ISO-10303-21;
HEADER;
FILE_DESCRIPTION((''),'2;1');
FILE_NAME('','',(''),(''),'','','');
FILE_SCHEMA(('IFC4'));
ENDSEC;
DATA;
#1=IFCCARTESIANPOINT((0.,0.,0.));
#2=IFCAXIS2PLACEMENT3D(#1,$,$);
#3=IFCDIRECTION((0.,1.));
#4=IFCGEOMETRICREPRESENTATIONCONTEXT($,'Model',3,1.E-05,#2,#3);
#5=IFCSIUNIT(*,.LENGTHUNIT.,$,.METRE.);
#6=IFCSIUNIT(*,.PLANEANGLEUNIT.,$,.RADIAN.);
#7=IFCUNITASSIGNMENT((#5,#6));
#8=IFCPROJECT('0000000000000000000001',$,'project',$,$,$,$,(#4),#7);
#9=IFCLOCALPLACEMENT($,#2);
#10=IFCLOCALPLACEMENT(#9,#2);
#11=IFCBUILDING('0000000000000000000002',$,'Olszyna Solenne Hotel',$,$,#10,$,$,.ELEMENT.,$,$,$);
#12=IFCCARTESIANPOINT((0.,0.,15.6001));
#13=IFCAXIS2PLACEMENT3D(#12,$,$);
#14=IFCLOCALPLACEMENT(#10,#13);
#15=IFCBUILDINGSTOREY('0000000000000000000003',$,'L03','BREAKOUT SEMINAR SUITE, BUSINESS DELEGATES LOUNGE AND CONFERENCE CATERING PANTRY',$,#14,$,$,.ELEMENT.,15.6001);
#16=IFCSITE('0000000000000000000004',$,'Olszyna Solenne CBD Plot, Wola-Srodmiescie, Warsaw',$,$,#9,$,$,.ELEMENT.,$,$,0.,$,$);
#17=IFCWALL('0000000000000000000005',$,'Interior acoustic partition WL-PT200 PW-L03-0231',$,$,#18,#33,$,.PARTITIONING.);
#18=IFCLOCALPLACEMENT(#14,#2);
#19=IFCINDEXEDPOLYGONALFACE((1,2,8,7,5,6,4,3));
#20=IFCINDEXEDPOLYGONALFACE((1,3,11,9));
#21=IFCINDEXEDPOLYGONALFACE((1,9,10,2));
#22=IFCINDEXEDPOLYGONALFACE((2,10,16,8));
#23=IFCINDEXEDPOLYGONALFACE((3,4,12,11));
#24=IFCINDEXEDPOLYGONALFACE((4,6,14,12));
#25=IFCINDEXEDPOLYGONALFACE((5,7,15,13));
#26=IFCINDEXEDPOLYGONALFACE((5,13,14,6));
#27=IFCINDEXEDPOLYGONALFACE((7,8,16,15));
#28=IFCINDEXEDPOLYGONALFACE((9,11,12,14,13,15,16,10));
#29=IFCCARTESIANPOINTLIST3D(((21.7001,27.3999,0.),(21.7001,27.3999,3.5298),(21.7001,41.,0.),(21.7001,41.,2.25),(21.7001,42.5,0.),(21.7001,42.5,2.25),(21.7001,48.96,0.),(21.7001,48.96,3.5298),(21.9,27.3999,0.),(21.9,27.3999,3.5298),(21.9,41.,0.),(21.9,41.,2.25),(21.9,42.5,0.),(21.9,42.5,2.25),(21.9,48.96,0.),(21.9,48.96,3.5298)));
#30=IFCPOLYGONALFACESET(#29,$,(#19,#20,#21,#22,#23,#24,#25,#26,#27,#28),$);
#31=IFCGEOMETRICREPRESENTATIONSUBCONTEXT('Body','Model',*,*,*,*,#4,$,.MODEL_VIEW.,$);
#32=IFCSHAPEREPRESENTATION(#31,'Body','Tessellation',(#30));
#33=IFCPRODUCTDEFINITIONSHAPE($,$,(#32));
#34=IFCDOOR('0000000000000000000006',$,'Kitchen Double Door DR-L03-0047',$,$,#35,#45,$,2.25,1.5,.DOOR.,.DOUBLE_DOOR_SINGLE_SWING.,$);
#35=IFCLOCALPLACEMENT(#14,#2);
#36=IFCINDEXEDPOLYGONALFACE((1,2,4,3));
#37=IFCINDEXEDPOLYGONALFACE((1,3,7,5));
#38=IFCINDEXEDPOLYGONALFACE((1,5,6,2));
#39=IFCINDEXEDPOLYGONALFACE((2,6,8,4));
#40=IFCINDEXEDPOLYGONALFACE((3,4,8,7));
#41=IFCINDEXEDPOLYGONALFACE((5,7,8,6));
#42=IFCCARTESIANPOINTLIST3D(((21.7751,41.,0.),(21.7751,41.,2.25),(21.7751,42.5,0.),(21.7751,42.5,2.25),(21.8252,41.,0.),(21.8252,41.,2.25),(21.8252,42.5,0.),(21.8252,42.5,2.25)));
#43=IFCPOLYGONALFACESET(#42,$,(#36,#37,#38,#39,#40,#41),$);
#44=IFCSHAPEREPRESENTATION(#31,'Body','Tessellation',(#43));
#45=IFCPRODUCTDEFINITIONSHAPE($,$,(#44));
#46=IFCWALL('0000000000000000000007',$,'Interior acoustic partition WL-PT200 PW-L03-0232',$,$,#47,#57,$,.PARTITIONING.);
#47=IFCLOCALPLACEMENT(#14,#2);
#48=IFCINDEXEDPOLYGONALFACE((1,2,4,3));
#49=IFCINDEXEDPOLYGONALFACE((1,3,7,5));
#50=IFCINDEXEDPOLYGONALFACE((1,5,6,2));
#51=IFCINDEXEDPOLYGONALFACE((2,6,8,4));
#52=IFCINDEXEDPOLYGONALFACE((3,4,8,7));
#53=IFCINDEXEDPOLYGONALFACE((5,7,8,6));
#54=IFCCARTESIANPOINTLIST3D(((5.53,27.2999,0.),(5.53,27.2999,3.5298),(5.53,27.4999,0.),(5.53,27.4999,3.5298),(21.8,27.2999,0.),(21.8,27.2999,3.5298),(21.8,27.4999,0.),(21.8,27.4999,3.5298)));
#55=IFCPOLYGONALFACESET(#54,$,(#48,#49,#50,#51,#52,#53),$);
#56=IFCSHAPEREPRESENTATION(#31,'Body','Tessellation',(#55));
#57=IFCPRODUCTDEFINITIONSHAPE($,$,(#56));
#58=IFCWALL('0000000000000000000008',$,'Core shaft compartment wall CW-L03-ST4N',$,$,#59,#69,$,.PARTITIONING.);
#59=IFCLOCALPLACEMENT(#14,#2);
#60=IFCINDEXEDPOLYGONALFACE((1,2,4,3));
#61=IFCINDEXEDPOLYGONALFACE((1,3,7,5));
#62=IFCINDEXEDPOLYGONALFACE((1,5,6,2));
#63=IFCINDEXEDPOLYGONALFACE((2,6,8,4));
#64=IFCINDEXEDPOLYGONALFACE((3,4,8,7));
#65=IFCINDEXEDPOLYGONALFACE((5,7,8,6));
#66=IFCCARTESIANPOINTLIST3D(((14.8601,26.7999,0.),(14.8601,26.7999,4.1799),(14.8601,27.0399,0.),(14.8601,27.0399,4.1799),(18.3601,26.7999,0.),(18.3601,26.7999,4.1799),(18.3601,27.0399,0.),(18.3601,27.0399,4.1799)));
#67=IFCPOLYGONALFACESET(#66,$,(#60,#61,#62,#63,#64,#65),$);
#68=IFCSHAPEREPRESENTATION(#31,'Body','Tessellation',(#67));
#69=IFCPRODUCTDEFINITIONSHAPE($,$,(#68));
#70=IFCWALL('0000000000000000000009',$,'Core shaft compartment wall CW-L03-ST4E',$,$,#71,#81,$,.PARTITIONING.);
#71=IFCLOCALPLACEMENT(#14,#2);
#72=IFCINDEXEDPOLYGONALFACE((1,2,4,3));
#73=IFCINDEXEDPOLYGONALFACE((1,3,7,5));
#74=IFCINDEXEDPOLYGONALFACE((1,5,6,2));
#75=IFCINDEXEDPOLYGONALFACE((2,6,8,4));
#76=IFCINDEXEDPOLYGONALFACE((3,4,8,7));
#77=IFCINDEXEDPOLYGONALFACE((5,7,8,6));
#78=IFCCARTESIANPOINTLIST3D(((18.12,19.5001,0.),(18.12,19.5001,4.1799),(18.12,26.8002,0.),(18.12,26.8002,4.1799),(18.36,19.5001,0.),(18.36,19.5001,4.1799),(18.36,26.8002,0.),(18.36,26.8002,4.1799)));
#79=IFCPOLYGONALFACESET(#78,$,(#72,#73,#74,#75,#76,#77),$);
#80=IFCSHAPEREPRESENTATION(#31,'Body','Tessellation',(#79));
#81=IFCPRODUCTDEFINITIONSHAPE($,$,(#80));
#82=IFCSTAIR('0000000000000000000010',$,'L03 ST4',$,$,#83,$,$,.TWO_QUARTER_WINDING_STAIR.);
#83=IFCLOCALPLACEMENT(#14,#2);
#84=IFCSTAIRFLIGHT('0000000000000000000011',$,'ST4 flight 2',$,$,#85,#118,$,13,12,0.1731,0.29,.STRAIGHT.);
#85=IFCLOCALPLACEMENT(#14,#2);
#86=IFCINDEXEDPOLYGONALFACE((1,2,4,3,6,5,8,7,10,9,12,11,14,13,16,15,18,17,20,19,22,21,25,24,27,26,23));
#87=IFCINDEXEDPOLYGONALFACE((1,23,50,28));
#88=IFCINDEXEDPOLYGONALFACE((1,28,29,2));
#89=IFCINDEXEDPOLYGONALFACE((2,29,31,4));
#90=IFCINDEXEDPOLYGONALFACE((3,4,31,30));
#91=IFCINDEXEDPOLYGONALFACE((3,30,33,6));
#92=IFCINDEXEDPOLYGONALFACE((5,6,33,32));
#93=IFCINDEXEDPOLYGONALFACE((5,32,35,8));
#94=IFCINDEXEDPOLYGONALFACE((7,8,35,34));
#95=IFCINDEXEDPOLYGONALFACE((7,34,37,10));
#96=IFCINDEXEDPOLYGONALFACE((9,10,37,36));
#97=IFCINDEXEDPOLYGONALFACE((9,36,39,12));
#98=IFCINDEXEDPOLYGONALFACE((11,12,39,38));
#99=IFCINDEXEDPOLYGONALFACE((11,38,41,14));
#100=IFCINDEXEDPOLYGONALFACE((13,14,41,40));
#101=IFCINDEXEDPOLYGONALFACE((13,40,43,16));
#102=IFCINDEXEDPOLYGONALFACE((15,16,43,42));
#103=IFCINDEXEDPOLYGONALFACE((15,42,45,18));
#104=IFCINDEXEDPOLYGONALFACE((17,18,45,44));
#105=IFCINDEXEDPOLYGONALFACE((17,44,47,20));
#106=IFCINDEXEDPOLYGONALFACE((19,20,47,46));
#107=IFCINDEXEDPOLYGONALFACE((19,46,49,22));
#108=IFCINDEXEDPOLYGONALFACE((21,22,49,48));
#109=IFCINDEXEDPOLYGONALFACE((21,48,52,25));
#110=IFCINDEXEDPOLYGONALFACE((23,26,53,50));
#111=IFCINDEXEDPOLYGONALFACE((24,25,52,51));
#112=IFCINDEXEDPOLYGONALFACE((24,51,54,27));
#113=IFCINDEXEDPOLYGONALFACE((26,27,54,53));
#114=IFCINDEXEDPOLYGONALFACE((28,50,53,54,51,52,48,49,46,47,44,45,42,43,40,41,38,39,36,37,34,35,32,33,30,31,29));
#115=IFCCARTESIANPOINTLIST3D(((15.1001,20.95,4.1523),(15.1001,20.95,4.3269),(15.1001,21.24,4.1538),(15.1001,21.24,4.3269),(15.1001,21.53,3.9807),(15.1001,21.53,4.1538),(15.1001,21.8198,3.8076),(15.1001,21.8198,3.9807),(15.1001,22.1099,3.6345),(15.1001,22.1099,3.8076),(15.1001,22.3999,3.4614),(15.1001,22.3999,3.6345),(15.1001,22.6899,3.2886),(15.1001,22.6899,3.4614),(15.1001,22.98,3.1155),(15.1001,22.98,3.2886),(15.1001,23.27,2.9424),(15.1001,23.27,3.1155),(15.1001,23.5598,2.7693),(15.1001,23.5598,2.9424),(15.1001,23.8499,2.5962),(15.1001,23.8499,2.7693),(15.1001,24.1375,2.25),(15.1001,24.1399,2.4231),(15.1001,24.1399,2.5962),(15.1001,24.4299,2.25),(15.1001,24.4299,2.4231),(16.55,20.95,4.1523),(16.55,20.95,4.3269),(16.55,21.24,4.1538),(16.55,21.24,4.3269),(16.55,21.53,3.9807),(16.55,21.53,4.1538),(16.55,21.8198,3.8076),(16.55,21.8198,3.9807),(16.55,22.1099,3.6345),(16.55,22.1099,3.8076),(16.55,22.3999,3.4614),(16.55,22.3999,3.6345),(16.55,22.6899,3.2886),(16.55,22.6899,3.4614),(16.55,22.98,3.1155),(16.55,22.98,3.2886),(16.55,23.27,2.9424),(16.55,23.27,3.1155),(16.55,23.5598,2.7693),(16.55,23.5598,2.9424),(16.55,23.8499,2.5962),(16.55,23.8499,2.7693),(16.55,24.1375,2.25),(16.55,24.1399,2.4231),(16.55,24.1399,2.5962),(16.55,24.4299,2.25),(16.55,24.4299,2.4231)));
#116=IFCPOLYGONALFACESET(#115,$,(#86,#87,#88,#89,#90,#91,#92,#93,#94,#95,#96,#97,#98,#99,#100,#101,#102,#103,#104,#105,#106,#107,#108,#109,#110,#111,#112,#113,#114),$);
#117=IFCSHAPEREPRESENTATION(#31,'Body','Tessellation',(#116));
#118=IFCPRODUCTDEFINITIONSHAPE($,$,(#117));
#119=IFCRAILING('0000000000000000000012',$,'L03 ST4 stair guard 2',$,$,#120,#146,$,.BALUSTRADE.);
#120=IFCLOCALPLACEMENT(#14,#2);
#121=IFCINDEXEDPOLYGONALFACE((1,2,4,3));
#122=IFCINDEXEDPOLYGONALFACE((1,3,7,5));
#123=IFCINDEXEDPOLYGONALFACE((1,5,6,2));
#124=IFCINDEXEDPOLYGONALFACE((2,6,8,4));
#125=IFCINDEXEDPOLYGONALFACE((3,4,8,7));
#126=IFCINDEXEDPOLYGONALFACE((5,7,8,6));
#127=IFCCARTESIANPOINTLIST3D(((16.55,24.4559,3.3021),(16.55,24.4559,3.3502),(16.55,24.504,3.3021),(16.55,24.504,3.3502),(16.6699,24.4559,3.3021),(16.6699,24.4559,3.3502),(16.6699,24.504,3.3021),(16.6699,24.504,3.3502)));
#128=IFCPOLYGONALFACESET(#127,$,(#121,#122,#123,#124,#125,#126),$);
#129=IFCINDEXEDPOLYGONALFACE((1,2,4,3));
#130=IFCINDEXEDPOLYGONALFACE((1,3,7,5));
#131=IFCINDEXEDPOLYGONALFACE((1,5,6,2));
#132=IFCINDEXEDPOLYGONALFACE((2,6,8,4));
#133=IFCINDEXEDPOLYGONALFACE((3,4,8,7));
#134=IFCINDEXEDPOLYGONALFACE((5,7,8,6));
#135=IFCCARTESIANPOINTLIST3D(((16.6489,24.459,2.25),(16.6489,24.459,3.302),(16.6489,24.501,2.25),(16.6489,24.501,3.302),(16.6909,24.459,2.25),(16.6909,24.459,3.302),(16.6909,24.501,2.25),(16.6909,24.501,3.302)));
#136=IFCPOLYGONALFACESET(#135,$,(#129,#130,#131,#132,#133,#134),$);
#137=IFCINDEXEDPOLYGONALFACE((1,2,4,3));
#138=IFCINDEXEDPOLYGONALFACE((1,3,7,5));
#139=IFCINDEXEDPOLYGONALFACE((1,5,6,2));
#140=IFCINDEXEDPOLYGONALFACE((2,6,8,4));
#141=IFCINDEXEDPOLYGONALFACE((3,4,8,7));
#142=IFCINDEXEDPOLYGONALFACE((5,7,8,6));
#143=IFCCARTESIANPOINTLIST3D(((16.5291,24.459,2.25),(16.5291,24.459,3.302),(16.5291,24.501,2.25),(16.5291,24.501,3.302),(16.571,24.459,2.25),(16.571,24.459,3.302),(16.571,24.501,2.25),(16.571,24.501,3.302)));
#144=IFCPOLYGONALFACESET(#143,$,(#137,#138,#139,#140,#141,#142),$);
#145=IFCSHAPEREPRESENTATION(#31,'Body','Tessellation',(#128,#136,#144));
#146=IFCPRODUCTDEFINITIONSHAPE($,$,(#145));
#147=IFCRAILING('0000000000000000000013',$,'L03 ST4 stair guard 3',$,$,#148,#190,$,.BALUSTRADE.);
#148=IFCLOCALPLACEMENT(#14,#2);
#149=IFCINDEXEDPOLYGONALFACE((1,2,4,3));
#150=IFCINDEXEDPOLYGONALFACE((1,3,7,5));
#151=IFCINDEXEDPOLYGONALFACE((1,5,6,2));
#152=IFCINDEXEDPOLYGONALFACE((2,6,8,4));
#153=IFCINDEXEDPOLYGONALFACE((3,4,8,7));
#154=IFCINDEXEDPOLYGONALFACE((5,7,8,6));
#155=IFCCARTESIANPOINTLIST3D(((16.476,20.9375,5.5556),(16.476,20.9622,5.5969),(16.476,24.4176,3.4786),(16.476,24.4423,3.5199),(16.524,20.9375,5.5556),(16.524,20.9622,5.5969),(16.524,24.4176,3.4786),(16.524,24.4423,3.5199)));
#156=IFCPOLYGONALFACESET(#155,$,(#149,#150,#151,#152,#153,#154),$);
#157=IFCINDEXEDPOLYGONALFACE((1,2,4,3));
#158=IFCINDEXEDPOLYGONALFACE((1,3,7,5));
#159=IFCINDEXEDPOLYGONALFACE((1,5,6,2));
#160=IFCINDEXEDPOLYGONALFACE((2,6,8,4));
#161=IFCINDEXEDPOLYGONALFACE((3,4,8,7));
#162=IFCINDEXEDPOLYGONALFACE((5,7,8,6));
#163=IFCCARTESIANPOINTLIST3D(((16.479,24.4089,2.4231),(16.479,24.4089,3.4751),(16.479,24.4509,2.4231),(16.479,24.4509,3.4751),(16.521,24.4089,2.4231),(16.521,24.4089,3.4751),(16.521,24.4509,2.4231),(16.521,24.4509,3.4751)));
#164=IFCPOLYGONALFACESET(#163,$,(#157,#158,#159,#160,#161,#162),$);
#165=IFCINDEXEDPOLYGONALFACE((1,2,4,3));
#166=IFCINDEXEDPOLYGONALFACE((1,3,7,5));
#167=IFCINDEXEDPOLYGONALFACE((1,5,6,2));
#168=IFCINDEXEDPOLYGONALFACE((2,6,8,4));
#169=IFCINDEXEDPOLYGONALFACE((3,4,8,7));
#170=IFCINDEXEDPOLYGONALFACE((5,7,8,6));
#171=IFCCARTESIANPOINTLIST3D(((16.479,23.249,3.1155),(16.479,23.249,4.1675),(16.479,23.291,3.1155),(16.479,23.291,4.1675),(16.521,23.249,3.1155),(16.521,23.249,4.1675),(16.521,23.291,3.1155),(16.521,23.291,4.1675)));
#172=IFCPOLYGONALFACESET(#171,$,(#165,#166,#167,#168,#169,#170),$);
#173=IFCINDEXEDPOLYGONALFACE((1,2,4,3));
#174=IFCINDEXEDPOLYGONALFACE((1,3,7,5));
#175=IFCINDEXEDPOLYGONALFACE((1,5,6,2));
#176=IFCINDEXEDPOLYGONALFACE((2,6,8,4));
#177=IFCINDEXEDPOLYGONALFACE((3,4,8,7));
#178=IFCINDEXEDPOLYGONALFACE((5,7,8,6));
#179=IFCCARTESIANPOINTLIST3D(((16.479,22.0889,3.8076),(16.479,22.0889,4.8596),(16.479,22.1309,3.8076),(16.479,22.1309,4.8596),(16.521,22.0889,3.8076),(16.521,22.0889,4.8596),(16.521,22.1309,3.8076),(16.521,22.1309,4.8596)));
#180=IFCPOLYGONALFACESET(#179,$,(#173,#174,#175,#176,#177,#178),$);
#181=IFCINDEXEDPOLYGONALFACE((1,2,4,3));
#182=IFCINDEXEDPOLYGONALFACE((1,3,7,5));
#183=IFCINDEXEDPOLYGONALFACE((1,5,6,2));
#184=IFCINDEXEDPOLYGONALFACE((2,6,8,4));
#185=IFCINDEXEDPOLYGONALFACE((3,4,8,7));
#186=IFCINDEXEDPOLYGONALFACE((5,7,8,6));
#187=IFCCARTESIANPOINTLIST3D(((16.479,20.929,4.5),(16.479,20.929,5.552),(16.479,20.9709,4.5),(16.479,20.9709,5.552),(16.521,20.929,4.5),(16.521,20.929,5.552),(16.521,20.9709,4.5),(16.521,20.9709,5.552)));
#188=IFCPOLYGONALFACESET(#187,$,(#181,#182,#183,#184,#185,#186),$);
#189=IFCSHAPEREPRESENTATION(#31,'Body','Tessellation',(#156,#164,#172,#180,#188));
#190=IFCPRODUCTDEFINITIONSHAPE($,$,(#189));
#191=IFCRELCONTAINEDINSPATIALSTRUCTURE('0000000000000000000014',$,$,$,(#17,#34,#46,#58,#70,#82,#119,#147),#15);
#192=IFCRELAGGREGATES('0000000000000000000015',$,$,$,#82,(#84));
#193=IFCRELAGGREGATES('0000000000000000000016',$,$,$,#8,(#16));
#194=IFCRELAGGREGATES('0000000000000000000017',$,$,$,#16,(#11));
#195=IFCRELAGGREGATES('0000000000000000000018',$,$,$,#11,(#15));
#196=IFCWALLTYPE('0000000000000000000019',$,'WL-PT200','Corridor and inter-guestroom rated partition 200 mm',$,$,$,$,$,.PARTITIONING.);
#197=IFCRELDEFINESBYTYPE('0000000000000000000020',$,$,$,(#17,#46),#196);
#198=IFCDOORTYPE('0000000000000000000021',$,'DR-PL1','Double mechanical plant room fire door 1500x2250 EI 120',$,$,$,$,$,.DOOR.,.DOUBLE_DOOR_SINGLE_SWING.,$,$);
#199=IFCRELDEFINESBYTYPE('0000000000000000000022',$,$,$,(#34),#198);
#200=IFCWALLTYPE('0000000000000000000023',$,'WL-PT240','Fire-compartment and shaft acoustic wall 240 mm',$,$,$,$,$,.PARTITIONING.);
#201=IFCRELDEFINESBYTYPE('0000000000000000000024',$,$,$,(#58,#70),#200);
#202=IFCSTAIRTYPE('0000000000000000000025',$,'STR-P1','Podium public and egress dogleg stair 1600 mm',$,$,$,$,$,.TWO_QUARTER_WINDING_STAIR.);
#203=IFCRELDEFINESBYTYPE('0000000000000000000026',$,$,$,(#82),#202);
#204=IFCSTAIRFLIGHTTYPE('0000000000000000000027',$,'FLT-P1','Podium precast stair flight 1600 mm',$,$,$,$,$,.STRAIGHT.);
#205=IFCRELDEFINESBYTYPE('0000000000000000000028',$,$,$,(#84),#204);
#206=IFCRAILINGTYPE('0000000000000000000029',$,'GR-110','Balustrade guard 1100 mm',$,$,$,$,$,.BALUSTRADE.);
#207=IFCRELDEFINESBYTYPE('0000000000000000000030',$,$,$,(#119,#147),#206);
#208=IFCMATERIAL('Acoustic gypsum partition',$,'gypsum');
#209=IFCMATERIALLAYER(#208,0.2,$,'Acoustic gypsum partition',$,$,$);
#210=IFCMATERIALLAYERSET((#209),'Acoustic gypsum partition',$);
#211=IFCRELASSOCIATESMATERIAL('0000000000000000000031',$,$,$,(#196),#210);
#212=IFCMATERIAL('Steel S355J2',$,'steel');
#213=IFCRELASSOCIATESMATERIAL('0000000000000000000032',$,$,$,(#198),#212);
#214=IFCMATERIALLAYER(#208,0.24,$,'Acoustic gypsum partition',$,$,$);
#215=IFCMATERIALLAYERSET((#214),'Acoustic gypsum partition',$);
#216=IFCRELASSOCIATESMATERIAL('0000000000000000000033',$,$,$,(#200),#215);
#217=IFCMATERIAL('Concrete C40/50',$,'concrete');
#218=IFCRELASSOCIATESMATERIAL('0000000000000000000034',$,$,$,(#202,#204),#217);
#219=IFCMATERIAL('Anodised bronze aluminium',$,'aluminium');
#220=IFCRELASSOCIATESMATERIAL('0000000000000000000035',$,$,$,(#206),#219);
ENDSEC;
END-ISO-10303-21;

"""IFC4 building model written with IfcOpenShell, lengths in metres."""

from ifc_helpers import new_model, si_unit, direction, frame, frame_2d, origin, origin_2d, place, context, subcontext, project, spatial, polyline, rectangle, outline, extrude, source, transform, mapped, material, layer, layer_set, type_object, type_shapes, element, fill, aggregate, save


model = new_model("IFC4")

# Units and contexts
model_context = context("Model", 3, precision=1e-05, world=origin(), true_north=direction((0.0, 1.0)))
body_context = subcontext(model_context, "Body", "Model", "MODEL_VIEW")
ifc_project = project(units=[si_unit("LENGTHUNIT", "METRE"), si_unit("PLANEANGLEUNIT", "RADIAN")], contexts=[model_context])

# Site, building, storey
site_placement = place(None, origin())
site = spatial("IfcSite", under=ifc_project, at=site_placement, Name="Olszyna Solenne CBD Plot, Wola-Srodmiescie, Warsaw", CompositionType="ELEMENT", RefElevation=0.0)
building_placement = place(site_placement, origin())
building = spatial("IfcBuilding", under=site, at=building_placement, Name="Olszyna Solenne Hotel", CompositionType="ELEMENT")
storey_placement = place(building_placement, frame((0.0, 0.0, 15.6001)))
storey = spatial("IfcBuildingStorey", under=building, at=storey_placement, Name="L03", Description="BREAKOUT SEMINAR SUITE, BUSINESS DELEGATES LOUNGE AND CONFERENCE CATERING PANTRY", CompositionType="ELEMENT", Elevation=15.6001)

# Shared definitions
ifc_material_1 = material(Name="Steel S355J2", Category="steel")

# Shared definitions
ifc_material_2 = material(Name="Acoustic gypsum partition", Category="gypsum")

# Wall, opening, door
ifc_layer_1 = layer(ifc_material_2, 0.2, Name="Acoustic gypsum partition")
ifc_layer_set_1 = layer_set([ifc_layer_1], Name="Acoustic gypsum partition")
wall_type_1 = type_object("IfcWallType", Name="WL-PT200", Description="Corridor and inter-guestroom rated partition 200 mm", PredefinedType="PARTITIONING", material=ifc_layer_set_1)
wall_1_placement = place(storey_placement, frame((21.8, 27.3999, 0.0), z_axis=(0.0, 0.0, 1.0), x_axis=(0.0, 1.0, 0.0)))
wall_1 = element("IfcWall", 1, at=wall_1_placement, inside=storey, type_object=wall_type_1, Name="Interior acoustic partition WL-PT200 PW-L03-0231", PredefinedType="PARTITIONING", context=body_context, shape_type="SweptSolid", body=[
    extrude(rectangle(XDim=21.5601, YDim=0.2, at=frame_2d((10.78, 0.0))), origin(), (0.0, 0.0, 1.0), 3.5298),
])
opening_1_placement = place(wall_1_placement, frame((13.6001, 0.0, 0.0)))
opening_1 = element("IfcOpeningElement", 2, at=opening_1_placement, cuts=wall_1, PredefinedType="OPENING", context=body_context, shape_type="SweptSolid", body=[
    extrude(rectangle(XDim=1.5, YDim=2.25, at=frame_2d((0.75, 1.125))), frame((0.0, 0.1099, 0.0), z_axis=(0.0, -1.0, 0.0), x_axis=(1.0, 0.0, 0.0)), (0.0, 0.0, 1.0), 0.22),
])
door_type_1 = type_object("IfcDoorType", Name="DR-PL1", Description="Double mechanical plant room fire door 1500x2250 EI 120", OperationType="DOUBLE_DOOR_SINGLE_SWING", PredefinedType="DOOR", material=ifc_material_1)
shared_shape_1 = source(origin(), body_context, "Body", "SweptSolid", [
    extrude(rectangle(XDim=1.5, YDim=2.25, at=frame_2d((0.75, 1.125))), frame((0.0, 0.0249, 0.0), z_axis=(0.0, -1.0, 0.0), x_axis=(1.0, 0.0, 0.0)), (0.0, 0.0, 1.0), 0.05),
])
type_shapes(door_type_1, [shared_shape_1])
door_1_placement = place(opening_1_placement, origin())
door_1 = element("IfcDoor", 3, at=door_1_placement, inside=storey, type_object=door_type_1, Name="Kitchen Double Door DR-L03-0047", OperationType="DOUBLE_DOOR_SINGLE_SWING", OverallHeight=2.25, OverallWidth=1.5, PredefinedType="DOOR", context=body_context, shape_type="MappedRepresentation", body=[
    mapped(shared_shape_1, transform((0.0, 0.0, 0.0), x_axis=(1.0, 0.0, 0.0), y_axis=(0.0, 1.0, 0.0), z_axis=(0.0, 0.0, 1.0), scale=1.0)),
])
fill(opening_1, door_1)

# Walls
wall_2_placement = place(storey_placement, frame((5.53, 27.3999, 0.0), z_axis=(0.0, 0.0, 1.0), x_axis=(1.0, 0.0, 0.0)))
element("IfcWall", 4, at=wall_2_placement, inside=storey, type_object=wall_type_1, Name="Interior acoustic partition WL-PT200 PW-L03-0232", PredefinedType="PARTITIONING", context=body_context, shape_type="SweptSolid", body=[
    extrude(rectangle(XDim=16.27, YDim=0.2, at=frame_2d((8.135, 0.0))), origin(), (0.0, 0.0, 1.0), 3.5298),
])
ifc_layer_2 = layer(ifc_material_2, 0.24, Name="Acoustic gypsum partition")
ifc_layer_set_2 = layer_set([ifc_layer_2], Name="Acoustic gypsum partition")
wall_type_2 = type_object("IfcWallType", Name="WL-PT240", Description="Fire-compartment and shaft acoustic wall 240 mm", PredefinedType="PARTITIONING", material=ifc_layer_set_2)
wall_3_placement = place(storey_placement, frame((14.8601, 26.9199, 0.0), z_axis=(0.0, 0.0, 1.0), x_axis=(1.0, 0.0, 0.0)))
element("IfcWall", 5, at=wall_3_placement, inside=storey, type_object=wall_type_2, Name="Core shaft compartment wall CW-L03-ST4N", PredefinedType="PARTITIONING", context=body_context, shape_type="SweptSolid", body=[
    extrude(rectangle(XDim=3.5, YDim=0.24, at=frame_2d((1.75, 0.0))), origin(), (0.0, 0.0, 1.0), 4.1799),
])
wall_4_placement = place(storey_placement, frame((18.24, 26.8, 0.0), z_axis=(0.0, 0.0, 1.0), x_axis=(0.0, -1.0, 0.0)))
element("IfcWall", 6, at=wall_4_placement, inside=storey, type_object=wall_type_2, Name="Core shaft compartment wall CW-L03-ST4E", PredefinedType="PARTITIONING", context=body_context, shape_type="SweptSolid", body=[
    extrude(rectangle(XDim=7.3, YDim=0.24, at=frame_2d((3.6499, 0.0))), origin(), (0.0, 0.0, 1.0), 4.1799),
])

# Stair, stair flight
ifc_material_3 = material(Name="Concrete C40/50", Category="concrete")
stair_type = type_object("IfcStairType", Name="STR-P1", Description="Podium public and egress dogleg stair 1600 mm", PredefinedType="TWO_QUARTER_WINDING_STAIR", material=ifc_material_3)
stair_placement = place(storey_placement, origin())
stair = element("IfcStair", 7, at=stair_placement, inside=storey, type_object=stair_type, Name="L03 ST4", PredefinedType="TWO_QUARTER_WINDING_STAIR")
stair_flight_type = type_object("IfcStairFlightType", Name="FLT-P1", Description="Podium precast stair flight 1600 mm", PredefinedType="STRAIGHT", material=ifc_material_3)
stair_flight_placement = place(storey_placement, frame((15.825, 24.4299, 2.25), z_axis=(0.0, 0.0, 1.0), x_axis=(0.0, -1.0, 0.0)))
stair_flight = element("IfcStairFlight", 8, at=stair_flight_placement, type_object=stair_flight_type, Name="ST4 flight 2", NumberOfRisers=13, NumberOfTreads=12, PredefinedType="STRAIGHT", RiserHeight=0.1731, TreadLength=0.29, context=body_context, shape_type="SweptSolid", body=[
    extrude(outline(polyline([(0.0, 0.0), (0.0, 0.1731), (0.29, 0.1731), (0.29, 0.3462), (0.5801, 0.3462), (0.5801, 0.5193), (0.8701, 0.5193), (0.8701, 0.6924), (1.1599, 0.6924), (1.1599, 0.8655), (1.45, 0.8655), (1.45, 1.0386), (1.74, 1.0386), (1.74, 1.2114), (2.03, 1.2114), (2.03, 1.3845), (2.3201, 1.3845), (2.3201, 1.5576), (2.6101, 1.5576), (2.6101, 1.7307), (2.8999, 1.7307), (2.8999, 1.9038), (3.1899, 1.9038), (3.1899, 2.0769), (3.48, 2.0769), (3.48, 2.25), (3.48, 1.9023), (0.2925, 0.0), (0.0, 0.0)])), frame((0.0, 0.7251, 0.0), z_axis=(0.0, -1.0, 0.0), x_axis=(1.0, 0.0, 0.0)), (0.0, 0.0, 1.0), 1.45),
])
aggregate(stair, [stair_flight])

# Railings
ifc_material_4 = material(Name="Anodised bronze aluminium", Category="aluminium")
railing_type_1 = type_object("IfcRailingType", Name="GR-110", Description="Balustrade guard 1100 mm", PredefinedType="BALUSTRADE", material=ifc_material_4)
railing_1_placement = place(storey_placement, frame((16.6699, 24.48, 2.25)))
element("IfcRailing", 9, at=railing_1_placement, inside=storey, type_object=railing_type_1, Name="L03 ST4 stair guard 2", PredefinedType="BALUSTRADE", context=body_context, shape_type="SweptSolid", body=[
    extrude(rectangle(XDim=0.0481, YDim=0.0481, at=origin_2d()), frame((0.0, 0.0, 1.0762), z_axis=(-1.0, 0.0, 0.0), x_axis=(0.0, -1.0, 0.0)), (0.0, 0.0, 1.0), 0.1199),
    extrude(rectangle(XDim=0.042, YDim=0.042, at=origin_2d()), origin(), (0.0, 0.0, 1.0), 1.052),
    extrude(rectangle(XDim=0.042, YDim=0.042, at=origin_2d()), frame((-0.1199, 0.0, 0.0)), (0.0, 0.0, 1.0), 1.052),
])
railing_2_placement = place(storey_placement, frame((16.5, 24.4299, 2.4231)))
element("IfcRailing", 10, at=railing_2_placement, inside=storey, type_object=railing_type_1, Name="L03 ST4 stair guard 3", PredefinedType="BALUSTRADE", context=body_context, shape_type="SweptSolid", body=[
    extrude(rectangle(XDim=0.0481, YDim=0.0481, at=origin_2d()), frame((0.0, 0.0, 1.0762), z_axis=(0.0, -0.858697, 0.512483), x_axis=(1.0, 0.0, 0.0)), (0.0, 0.0, 1.0), 4.0527),
    extrude(rectangle(XDim=0.042, YDim=0.042, at=origin_2d()), origin(), (0.0, 0.0, 1.0), 1.052),
    extrude(rectangle(XDim=0.042, YDim=0.042, at=origin_2d()), frame((0.0, -1.1599, 0.6924)), (0.0, 0.0, 1.0), 1.052),
    extrude(rectangle(XDim=0.042, YDim=0.042, at=origin_2d()), frame((0.0, -2.3201, 1.3845)), (0.0, 0.0, 1.0), 1.052),
    extrude(rectangle(XDim=0.042, YDim=0.042, at=origin_2d()), frame((0.0, -3.48, 2.0769)), (0.0, 0.0, 1.0), 1.052),
])

save(model, "model.ifc")
